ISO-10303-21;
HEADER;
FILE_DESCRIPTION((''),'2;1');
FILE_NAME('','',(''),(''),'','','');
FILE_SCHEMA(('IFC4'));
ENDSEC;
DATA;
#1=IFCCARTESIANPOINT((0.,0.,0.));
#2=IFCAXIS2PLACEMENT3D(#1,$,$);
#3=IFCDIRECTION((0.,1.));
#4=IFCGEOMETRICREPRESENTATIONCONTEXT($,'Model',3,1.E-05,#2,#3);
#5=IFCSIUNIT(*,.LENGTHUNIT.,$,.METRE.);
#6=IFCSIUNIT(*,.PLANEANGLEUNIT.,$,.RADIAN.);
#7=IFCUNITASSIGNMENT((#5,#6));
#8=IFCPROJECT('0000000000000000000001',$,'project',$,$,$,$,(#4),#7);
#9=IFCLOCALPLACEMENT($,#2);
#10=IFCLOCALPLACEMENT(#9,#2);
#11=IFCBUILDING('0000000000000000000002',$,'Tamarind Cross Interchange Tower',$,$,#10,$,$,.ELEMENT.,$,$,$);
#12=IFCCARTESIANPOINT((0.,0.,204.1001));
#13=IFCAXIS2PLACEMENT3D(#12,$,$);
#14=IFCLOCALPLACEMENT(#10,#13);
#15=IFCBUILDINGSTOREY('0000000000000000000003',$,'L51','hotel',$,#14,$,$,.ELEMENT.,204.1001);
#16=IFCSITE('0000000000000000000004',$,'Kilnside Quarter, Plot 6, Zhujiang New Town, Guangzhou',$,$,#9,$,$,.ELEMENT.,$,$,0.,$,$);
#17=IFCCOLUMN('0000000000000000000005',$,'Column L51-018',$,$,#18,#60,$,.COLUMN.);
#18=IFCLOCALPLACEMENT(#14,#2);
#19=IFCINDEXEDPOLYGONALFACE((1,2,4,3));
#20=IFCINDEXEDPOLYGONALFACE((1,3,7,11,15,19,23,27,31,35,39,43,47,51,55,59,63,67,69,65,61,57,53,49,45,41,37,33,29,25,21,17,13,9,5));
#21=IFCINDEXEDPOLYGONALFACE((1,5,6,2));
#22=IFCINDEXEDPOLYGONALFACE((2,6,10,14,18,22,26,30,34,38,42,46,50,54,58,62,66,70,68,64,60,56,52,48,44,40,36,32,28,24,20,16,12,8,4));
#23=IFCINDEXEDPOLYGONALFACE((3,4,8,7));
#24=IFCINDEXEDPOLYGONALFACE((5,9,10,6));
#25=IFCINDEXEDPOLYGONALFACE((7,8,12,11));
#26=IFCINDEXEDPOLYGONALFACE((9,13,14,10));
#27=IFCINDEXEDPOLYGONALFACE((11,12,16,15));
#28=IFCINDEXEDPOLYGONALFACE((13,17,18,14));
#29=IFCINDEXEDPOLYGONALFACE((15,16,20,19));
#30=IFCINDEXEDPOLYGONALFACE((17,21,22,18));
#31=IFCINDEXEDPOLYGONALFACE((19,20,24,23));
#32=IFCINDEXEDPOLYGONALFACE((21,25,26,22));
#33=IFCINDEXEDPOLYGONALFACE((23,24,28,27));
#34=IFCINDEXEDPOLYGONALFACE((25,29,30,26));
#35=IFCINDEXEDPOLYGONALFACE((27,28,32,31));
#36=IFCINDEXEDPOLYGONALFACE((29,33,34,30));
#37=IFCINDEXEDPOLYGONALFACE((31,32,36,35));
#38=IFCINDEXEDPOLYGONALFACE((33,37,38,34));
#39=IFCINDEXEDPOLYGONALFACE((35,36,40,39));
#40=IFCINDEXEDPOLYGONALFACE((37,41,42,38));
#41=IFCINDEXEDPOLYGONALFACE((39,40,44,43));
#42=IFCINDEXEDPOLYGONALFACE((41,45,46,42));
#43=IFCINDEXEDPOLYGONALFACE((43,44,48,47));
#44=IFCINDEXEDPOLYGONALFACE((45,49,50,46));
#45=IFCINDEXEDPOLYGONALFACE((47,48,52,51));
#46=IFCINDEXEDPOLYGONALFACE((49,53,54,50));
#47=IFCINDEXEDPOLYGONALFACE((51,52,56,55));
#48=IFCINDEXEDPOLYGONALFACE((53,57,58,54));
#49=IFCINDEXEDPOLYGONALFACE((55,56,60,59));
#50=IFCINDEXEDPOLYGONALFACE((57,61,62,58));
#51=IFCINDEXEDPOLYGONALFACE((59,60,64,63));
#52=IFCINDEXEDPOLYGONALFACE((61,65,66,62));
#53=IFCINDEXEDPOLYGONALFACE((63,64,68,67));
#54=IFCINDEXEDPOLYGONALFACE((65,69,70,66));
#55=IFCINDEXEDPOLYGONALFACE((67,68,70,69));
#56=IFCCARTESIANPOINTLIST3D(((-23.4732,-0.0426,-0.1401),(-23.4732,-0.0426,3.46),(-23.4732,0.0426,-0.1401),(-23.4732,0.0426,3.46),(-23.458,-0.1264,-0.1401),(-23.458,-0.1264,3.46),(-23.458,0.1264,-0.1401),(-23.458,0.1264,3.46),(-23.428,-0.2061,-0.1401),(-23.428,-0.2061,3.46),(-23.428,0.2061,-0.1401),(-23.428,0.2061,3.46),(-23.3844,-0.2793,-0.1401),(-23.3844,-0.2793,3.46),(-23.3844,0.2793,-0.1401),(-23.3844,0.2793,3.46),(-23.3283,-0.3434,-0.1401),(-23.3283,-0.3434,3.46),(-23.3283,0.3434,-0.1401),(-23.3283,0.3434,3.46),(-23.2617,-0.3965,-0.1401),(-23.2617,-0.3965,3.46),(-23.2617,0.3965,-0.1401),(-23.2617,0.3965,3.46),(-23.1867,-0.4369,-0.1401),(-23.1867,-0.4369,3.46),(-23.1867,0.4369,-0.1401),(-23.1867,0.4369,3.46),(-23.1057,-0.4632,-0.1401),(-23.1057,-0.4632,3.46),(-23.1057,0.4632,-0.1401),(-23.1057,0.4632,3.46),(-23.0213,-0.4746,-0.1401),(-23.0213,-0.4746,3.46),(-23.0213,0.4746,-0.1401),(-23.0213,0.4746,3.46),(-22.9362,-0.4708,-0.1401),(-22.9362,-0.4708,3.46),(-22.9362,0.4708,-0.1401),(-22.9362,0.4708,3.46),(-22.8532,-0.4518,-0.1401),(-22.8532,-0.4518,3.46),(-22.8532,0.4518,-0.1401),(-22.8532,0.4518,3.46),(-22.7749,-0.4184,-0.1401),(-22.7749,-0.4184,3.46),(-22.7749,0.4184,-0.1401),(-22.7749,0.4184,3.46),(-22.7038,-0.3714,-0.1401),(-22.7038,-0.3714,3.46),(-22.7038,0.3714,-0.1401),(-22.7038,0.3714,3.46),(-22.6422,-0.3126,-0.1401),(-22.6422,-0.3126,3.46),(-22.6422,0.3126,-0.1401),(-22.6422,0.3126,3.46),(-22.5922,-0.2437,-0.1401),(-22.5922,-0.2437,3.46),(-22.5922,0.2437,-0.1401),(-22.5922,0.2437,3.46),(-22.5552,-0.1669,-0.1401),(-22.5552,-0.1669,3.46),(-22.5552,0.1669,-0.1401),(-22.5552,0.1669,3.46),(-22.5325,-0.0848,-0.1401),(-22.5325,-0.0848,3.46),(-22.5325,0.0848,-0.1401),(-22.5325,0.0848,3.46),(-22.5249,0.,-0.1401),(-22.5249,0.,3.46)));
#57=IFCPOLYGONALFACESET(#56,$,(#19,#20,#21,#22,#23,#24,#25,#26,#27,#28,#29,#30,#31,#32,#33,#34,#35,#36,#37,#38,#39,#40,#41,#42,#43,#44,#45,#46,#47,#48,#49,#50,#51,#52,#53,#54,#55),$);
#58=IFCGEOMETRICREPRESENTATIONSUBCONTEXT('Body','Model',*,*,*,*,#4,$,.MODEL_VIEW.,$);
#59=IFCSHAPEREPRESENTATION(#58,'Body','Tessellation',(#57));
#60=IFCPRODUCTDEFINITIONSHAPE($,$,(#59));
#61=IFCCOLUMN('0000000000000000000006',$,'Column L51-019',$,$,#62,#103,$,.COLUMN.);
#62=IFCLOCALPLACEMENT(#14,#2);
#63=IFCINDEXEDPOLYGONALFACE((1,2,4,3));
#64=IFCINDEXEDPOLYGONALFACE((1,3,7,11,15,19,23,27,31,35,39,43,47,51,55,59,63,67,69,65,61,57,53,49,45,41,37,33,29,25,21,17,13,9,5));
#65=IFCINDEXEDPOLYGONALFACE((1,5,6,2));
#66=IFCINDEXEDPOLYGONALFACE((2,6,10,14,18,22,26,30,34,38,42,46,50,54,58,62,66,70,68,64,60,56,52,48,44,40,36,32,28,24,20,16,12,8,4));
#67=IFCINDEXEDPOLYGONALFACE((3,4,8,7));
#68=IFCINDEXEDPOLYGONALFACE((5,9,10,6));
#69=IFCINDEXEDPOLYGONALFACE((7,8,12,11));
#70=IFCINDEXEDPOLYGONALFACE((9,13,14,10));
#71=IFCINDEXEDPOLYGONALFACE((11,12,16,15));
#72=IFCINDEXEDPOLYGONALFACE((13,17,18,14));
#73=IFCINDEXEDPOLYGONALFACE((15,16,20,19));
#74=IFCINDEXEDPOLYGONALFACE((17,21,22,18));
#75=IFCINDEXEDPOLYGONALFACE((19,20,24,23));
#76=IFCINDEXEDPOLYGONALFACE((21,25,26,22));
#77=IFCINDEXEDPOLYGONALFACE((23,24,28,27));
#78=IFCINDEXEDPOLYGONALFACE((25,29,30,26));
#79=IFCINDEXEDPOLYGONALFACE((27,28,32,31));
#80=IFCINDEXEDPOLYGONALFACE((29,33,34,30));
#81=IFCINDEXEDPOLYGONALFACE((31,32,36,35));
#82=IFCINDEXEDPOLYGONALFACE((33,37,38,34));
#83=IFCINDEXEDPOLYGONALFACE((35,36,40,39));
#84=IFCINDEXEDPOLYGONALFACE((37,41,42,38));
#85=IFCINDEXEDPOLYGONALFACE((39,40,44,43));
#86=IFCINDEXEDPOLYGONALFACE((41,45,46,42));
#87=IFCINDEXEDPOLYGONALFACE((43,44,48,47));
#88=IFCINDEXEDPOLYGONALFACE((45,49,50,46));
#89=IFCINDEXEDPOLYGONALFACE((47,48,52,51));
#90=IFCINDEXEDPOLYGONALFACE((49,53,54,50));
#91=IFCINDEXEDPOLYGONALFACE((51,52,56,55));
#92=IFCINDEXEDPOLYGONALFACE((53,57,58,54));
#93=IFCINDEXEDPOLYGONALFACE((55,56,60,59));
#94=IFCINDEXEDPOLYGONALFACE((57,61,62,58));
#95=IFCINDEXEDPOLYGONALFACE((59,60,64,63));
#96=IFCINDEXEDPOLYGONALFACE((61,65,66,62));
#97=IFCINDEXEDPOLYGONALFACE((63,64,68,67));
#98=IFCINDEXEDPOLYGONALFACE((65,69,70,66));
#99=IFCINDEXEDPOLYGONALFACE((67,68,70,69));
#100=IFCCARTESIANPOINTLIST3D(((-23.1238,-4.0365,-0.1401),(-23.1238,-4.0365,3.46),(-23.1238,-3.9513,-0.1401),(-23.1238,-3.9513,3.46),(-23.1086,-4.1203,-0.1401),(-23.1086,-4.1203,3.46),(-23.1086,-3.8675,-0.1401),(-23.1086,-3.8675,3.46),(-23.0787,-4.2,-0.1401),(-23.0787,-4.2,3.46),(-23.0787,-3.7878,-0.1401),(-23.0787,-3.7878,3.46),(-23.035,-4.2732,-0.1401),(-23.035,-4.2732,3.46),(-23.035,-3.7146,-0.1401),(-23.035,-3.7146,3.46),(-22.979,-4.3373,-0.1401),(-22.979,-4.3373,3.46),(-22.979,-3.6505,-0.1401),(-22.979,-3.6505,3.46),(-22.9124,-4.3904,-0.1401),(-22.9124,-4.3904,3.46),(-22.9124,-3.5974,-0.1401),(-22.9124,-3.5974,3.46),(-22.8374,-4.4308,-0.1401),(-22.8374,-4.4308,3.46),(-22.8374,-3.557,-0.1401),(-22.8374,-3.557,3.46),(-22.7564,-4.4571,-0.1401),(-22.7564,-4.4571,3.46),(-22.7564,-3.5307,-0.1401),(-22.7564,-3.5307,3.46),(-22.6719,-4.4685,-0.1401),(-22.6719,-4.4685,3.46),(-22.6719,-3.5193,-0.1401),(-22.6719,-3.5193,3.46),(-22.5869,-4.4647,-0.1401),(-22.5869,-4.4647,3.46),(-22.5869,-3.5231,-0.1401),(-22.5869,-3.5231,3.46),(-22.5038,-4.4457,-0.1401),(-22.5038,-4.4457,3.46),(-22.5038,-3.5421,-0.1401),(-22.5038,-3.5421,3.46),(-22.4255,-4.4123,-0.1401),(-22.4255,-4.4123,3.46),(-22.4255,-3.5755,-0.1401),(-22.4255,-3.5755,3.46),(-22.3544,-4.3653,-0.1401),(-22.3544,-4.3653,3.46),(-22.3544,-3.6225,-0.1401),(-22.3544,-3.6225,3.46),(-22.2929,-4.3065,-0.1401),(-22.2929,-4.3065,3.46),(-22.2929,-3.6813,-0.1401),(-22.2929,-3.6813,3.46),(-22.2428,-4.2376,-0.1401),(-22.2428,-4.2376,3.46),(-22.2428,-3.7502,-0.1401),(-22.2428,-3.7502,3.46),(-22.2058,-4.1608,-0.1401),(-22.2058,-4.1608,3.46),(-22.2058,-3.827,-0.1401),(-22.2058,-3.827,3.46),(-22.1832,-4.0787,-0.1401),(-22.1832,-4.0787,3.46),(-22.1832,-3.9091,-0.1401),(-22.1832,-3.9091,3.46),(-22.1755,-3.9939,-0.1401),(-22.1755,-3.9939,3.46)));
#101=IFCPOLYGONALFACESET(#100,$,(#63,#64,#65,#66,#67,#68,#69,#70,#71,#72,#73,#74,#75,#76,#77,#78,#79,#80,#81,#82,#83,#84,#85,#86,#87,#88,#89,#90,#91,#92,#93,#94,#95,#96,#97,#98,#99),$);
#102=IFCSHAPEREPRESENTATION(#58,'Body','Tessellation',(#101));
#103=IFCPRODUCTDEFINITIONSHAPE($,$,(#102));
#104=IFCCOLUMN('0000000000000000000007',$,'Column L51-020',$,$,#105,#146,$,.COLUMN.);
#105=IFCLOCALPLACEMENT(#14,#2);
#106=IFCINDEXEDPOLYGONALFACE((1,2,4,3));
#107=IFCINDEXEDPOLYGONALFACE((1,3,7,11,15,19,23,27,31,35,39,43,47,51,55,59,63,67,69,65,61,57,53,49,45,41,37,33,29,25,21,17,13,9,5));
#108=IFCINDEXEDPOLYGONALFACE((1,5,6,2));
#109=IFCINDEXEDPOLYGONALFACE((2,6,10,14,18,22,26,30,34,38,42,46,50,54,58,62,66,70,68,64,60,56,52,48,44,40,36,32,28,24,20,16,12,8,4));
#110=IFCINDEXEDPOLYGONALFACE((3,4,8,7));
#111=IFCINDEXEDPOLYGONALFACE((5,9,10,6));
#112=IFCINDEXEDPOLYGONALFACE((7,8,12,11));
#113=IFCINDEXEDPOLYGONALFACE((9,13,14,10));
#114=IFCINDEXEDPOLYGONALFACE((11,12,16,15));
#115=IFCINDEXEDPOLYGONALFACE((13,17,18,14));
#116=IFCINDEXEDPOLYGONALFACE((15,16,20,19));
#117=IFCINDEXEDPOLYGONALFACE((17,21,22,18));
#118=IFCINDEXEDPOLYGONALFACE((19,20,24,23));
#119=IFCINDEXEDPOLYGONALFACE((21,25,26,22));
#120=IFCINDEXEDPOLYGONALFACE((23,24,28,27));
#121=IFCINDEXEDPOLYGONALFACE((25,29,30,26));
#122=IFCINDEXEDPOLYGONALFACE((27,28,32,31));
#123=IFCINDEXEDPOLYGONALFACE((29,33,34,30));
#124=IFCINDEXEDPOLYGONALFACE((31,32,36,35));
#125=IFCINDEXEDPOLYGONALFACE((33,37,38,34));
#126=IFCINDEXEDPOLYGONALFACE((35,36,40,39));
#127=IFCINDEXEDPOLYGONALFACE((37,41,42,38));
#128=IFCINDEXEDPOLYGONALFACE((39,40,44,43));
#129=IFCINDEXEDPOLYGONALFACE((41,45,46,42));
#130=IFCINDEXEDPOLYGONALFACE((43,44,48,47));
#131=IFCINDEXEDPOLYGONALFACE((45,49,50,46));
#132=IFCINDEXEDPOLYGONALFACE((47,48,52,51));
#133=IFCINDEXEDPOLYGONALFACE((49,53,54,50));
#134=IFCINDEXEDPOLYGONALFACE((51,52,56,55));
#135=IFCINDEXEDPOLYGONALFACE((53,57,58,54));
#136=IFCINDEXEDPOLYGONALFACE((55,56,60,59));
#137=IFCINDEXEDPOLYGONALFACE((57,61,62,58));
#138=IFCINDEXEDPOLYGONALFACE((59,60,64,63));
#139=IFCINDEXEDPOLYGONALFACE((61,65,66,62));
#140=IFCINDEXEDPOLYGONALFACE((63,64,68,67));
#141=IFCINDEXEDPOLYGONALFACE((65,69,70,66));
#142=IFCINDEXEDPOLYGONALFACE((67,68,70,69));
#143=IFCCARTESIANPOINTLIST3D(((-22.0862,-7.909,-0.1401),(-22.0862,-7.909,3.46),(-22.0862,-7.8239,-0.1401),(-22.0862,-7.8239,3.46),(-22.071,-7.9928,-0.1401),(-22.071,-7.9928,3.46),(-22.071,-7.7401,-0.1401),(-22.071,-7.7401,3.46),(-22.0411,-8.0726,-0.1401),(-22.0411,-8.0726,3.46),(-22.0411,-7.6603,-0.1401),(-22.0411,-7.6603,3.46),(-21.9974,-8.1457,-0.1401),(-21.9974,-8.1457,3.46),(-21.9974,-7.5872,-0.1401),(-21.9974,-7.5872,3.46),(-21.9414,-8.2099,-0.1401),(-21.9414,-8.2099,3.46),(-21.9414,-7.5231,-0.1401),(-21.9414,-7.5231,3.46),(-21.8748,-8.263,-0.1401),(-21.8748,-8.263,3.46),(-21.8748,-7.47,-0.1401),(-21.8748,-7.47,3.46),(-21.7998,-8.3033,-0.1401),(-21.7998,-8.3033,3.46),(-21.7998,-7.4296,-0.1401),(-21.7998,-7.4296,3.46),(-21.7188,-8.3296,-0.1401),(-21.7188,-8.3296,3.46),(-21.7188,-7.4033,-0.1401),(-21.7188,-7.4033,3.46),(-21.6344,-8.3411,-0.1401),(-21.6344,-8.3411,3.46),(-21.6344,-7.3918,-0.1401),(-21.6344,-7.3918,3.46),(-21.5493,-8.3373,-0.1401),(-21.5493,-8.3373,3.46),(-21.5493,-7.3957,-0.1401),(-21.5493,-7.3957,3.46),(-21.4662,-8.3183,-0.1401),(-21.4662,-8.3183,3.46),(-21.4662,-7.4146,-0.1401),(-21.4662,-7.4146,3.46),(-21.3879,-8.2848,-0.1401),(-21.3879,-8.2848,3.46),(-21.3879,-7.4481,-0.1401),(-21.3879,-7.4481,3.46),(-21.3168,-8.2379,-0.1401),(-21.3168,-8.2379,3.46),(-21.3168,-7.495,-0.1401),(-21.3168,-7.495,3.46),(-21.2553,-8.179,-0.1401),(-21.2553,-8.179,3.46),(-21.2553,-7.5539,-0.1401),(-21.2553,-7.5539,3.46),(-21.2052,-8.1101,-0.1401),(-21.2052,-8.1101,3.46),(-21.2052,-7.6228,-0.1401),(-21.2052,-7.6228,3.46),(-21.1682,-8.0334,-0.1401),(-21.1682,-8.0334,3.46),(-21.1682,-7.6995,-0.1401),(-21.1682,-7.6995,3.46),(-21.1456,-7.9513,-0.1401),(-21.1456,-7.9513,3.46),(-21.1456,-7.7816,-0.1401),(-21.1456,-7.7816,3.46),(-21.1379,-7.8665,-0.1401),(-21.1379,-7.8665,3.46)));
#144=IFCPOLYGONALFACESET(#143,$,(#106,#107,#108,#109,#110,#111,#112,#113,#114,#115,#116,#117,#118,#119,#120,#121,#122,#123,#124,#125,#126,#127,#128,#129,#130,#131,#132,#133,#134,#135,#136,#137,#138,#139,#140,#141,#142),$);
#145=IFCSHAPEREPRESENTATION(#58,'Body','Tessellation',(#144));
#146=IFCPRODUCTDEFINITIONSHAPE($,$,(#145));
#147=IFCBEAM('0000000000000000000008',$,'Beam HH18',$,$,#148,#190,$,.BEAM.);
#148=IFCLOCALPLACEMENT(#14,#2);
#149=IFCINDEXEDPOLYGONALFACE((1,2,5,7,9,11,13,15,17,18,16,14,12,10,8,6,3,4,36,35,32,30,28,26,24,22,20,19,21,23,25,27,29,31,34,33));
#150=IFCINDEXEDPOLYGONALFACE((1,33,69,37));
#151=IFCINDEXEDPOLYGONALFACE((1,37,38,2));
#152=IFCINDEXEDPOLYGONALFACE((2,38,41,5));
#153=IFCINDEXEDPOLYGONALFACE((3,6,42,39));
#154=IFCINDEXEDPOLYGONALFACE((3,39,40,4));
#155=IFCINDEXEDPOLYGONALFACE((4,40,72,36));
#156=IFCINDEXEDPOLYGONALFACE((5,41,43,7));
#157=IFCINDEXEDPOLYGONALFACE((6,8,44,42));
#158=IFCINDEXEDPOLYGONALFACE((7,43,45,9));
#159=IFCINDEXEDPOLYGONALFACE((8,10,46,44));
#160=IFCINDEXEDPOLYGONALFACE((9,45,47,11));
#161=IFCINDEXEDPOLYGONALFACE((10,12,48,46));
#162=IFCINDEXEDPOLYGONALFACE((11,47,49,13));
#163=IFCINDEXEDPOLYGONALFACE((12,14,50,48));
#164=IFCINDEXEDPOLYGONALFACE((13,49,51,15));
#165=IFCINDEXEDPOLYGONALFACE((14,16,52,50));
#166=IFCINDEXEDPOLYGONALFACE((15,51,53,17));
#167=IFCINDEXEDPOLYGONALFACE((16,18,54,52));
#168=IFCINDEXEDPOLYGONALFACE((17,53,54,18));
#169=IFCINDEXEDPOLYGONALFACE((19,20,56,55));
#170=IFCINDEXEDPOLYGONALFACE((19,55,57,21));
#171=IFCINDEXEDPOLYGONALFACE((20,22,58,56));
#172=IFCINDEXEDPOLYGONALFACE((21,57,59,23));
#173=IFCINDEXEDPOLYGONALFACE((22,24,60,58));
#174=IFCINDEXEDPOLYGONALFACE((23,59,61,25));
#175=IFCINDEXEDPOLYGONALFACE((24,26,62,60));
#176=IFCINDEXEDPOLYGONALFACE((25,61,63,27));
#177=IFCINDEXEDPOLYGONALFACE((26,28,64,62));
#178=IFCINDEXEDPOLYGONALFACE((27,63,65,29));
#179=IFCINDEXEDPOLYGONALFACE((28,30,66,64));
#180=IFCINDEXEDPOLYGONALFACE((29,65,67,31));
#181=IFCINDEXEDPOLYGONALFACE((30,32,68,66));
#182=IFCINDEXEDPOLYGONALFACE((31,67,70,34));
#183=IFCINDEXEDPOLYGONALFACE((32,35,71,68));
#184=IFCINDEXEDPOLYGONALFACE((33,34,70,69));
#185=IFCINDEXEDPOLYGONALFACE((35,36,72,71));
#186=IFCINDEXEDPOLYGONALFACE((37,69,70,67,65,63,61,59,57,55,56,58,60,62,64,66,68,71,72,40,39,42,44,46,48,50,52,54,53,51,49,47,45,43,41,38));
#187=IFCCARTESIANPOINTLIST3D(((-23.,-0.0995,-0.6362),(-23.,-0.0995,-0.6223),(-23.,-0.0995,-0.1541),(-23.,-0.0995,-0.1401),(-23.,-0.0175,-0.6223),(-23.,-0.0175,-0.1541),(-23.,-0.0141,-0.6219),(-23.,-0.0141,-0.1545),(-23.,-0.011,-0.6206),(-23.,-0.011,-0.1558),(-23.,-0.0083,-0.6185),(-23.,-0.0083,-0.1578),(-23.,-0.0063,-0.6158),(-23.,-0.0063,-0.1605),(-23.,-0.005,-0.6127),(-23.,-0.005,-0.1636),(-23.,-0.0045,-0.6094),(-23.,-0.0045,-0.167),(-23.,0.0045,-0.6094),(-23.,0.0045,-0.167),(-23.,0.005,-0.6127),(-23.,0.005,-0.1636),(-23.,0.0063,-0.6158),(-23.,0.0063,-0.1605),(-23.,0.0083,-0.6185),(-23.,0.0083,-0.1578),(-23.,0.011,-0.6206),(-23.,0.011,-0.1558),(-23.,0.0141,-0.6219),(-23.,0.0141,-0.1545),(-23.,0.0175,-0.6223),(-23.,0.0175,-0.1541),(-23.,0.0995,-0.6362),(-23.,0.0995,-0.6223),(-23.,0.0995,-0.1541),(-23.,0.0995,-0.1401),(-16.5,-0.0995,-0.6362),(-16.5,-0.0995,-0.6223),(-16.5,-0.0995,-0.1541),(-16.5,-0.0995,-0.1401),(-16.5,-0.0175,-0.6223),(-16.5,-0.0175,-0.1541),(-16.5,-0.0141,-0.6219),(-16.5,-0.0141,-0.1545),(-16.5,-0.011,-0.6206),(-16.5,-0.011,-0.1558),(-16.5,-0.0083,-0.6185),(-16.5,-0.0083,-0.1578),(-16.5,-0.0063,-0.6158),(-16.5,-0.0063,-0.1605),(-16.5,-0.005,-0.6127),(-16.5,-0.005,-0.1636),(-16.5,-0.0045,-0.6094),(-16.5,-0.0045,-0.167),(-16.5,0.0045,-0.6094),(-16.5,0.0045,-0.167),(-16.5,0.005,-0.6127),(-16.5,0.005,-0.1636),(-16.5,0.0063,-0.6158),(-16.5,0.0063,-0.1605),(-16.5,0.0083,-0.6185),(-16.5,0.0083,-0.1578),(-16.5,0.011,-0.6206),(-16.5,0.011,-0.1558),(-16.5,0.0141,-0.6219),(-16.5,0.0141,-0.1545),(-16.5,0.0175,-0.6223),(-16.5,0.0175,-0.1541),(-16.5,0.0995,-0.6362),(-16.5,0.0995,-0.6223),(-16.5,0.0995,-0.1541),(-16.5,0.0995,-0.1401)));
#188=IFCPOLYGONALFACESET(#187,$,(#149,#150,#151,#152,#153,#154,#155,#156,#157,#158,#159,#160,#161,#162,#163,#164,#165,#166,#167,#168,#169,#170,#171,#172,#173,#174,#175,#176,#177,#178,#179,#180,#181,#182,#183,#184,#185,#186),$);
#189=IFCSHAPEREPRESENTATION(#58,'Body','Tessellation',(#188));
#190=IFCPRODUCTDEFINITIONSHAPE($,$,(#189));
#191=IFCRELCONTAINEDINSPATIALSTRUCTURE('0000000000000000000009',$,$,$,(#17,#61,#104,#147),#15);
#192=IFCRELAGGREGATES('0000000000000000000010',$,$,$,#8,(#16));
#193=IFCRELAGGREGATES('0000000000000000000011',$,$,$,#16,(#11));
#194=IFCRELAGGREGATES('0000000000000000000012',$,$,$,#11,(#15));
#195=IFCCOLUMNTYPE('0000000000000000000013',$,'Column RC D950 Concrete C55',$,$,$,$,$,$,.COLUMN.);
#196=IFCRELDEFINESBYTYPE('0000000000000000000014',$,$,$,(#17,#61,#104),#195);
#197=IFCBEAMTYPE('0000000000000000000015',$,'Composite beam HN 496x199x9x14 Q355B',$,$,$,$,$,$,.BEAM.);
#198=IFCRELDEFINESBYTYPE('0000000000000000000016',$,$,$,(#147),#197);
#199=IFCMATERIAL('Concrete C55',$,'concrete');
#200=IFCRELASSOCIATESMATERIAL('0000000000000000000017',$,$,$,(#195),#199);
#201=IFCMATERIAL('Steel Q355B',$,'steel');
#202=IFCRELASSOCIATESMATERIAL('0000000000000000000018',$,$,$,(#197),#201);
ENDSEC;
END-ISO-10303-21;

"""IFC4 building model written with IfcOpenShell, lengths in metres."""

from ifc_helpers import new_model, si_unit, direction, frame, origin, origin_2d, place, context, subcontext, project, spatial, circle, i_section, extrude, material, material_profile, profile_set, type_object, element, save


model = new_model("IFC4")

# Units and contexts
model_context = context("Model", 3, precision=1e-05, world=origin(), true_north=direction((0.0, 1.0)))
body_context = subcontext(model_context, "Body", "Model", "MODEL_VIEW")
ifc_project = project(units=[si_unit("LENGTHUNIT", "METRE"), si_unit("PLANEANGLEUNIT", "RADIAN")], contexts=[model_context])

# Site, building, storey
site_placement = place(None, origin())
site = spatial("IfcSite", under=ifc_project, at=site_placement, Name="Kilnside Quarter, Plot 6, Zhujiang New Town, Guangzhou", CompositionType="ELEMENT", RefElevation=0.0)
building_placement = place(site_placement, origin())
building = spatial("IfcBuilding", under=site, at=building_placement, Name="Tamarind Cross Interchange Tower", CompositionType="ELEMENT")
storey_placement = place(building_placement, frame((0.0, 0.0, 204.1001)))
storey = spatial("IfcBuildingStorey", under=building, at=storey_placement, Name="L51", Description="hotel", CompositionType="ELEMENT", Elevation=204.1001)

# Columns
ifc_material_1 = material(Name="Concrete C55", Category="concrete")
ifc_material_profile_1 = material_profile(ifc_material_1, circle(Radius=0.4751, at=origin_2d()), Name="RC D950")
ifc_profile_set_1 = profile_set([ifc_material_profile_1], Name="Concrete C55")
column_type = type_object("IfcColumnType", Name="Column RC D950 Concrete C55", PredefinedType="COLUMN", material=ifc_profile_set_1)
for number, where, z_axis, x_axis, name in (
    (1, (-23.0, 0.0, -0.1401), (0.0, 0.0, 1.0), (1.0, 0.0, 0.0), "Column L51-018"),
    (2, (-22.6506, -3.9939, -0.1401), (0.0, 0.0, 1.0), (1.0, 0.0, 0.0), "Column L51-019"),
    (3, (-21.613, -7.8665, -0.1401), (0.0, 0.0, 1.0), (1.0, 0.0, 0.0), "Column L51-020"),
):
    element("IfcColumn", number, at=place(storey_placement, frame(where, z_axis=z_axis, x_axis=x_axis)), inside=storey, type_object=column_type, Name=name, PredefinedType="COLUMN", context=body_context, shape_type="SweptSolid", body=[
        extrude(circle(Radius=0.4751, at=origin_2d()), origin(), (0.0, 0.0, 1.0), 3.6001),
    ])

# Beam
ifc_material_2 = material(Name="Steel Q355B", Category="steel")
ifc_material_profile_2 = material_profile(ifc_material_2, i_section(OverallWidth=0.199, OverallDepth=0.4961, WebThickness=0.009, FlangeThickness=0.0139, FilletRadius=0.0129, at=origin_2d()), Name="HN 496x199x9x14")
ifc_profile_set_2 = profile_set([ifc_material_profile_2], Name="Steel Q355B")
beam_type = type_object("IfcBeamType", Name="Composite beam HN 496x199x9x14 Q355B", PredefinedType="BEAM", material=ifc_profile_set_2)
beam_1_placement = place(storey_placement, frame((-23.0, 0.0, -0.3882), z_axis=(1.0, 0.0, 0.0), x_axis=(0.0, 1.0, 0.0)))
element("IfcBeam", 4, at=beam_1_placement, inside=storey, type_object=beam_type, Name="Beam HH18", PredefinedType="BEAM", context=body_context, shape_type="SweptSolid", body=[
    extrude(i_section(OverallWidth=0.199, OverallDepth=0.4961, WebThickness=0.009, FlangeThickness=0.0139, FilletRadius=0.0129, at=origin_2d()), origin(), (0.0, 0.0, 1.0), 6.5),
])

save(model, "model.ifc")
